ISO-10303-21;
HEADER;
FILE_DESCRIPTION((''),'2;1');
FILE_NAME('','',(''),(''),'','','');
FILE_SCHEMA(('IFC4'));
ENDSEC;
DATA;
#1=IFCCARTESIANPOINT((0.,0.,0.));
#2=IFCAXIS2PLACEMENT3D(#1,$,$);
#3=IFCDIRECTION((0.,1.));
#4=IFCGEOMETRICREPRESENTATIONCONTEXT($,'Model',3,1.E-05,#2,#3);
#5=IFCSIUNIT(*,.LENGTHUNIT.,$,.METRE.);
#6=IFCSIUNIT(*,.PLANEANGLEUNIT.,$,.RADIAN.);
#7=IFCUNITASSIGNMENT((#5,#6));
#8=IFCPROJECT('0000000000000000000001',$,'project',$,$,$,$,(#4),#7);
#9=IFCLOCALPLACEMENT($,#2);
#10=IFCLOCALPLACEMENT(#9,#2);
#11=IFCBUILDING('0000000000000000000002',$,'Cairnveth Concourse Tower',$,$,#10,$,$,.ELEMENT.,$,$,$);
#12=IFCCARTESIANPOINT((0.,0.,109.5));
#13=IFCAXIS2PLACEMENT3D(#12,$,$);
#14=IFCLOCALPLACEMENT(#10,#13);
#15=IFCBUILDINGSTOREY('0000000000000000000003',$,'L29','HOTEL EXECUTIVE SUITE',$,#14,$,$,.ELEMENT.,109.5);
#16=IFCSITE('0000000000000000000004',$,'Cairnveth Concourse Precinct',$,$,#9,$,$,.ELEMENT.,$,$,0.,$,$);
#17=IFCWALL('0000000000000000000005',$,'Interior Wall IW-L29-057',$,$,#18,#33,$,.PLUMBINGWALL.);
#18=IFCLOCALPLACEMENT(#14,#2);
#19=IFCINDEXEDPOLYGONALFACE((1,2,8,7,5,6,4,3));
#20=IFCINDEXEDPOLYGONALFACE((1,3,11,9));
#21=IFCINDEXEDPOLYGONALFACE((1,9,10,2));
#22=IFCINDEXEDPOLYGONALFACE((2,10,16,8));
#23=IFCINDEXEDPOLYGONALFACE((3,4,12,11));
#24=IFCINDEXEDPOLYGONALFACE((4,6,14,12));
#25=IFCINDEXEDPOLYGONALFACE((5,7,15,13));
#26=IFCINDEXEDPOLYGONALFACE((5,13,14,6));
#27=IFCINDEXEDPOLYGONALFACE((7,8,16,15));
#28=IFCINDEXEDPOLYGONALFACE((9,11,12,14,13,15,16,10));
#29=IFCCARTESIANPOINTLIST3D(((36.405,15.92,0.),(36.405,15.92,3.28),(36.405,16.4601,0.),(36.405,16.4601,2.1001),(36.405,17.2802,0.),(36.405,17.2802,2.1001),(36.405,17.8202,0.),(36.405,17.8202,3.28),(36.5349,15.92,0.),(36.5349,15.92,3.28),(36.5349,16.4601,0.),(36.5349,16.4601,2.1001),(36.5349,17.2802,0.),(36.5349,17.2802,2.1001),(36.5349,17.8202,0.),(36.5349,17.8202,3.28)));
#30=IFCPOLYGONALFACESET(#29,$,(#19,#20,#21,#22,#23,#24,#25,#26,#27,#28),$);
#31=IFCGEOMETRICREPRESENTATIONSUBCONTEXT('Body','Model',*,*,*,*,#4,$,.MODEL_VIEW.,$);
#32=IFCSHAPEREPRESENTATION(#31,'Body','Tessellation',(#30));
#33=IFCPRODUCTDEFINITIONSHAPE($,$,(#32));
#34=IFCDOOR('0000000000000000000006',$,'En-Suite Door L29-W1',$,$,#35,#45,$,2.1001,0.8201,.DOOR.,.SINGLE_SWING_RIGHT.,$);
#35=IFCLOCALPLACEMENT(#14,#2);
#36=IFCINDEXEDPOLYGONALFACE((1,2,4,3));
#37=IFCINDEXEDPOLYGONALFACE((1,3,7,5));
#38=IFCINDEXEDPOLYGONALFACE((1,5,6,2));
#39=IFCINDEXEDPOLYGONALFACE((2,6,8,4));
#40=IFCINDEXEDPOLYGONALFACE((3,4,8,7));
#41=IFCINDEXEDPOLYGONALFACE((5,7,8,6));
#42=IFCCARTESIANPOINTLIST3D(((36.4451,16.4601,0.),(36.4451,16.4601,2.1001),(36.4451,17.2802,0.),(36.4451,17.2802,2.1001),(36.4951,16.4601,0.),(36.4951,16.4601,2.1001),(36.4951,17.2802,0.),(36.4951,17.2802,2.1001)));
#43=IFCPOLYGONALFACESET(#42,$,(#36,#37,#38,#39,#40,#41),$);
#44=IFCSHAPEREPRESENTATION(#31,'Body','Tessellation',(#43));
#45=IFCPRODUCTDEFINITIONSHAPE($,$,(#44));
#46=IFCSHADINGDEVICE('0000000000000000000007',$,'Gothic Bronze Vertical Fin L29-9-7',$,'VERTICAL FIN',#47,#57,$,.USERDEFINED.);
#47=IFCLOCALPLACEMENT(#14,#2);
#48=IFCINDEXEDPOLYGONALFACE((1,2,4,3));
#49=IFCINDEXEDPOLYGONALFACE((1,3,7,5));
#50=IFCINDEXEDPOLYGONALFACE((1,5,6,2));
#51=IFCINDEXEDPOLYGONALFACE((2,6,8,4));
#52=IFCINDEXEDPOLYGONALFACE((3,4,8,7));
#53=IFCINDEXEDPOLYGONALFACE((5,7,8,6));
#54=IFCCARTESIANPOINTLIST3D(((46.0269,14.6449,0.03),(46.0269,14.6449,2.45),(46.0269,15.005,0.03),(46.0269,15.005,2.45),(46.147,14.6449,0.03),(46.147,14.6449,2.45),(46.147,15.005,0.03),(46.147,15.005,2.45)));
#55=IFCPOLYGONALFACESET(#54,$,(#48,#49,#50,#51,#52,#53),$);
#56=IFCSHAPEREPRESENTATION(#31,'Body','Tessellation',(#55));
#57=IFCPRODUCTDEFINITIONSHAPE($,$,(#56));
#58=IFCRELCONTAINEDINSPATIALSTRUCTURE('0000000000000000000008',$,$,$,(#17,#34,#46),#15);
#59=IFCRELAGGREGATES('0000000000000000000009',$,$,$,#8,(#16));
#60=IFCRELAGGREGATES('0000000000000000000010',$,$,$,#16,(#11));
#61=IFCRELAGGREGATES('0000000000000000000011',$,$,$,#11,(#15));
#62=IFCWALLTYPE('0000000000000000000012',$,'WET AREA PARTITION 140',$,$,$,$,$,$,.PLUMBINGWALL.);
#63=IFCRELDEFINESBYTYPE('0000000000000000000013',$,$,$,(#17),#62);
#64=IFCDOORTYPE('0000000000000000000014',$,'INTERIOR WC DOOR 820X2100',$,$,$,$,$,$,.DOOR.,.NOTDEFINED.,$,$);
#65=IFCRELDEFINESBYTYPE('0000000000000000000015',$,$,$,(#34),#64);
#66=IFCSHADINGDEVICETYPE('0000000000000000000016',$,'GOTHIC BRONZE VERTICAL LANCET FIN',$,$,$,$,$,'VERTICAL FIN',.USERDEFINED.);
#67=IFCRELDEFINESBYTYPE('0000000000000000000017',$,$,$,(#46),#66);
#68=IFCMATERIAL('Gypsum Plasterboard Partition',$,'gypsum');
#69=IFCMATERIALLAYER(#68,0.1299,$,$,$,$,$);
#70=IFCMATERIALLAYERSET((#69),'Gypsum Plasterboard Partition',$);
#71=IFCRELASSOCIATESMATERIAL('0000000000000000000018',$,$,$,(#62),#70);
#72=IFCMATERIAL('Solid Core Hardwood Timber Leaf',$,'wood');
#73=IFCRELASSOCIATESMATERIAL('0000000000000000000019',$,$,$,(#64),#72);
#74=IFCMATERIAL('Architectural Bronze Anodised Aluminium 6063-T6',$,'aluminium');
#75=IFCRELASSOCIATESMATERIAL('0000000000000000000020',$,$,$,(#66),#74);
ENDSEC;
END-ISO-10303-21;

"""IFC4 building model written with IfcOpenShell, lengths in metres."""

from ifc_helpers import new_model, si_unit, direction, frame, frame_2d, origin, origin_2d, place, context, subcontext, project, spatial, rectangle, extrude, material, layer, layer_set, type_object, element, fill, save


model = new_model("IFC4")

# Units and contexts
model_context = context("Model", 3, precision=1e-05, world=origin(), true_north=direction((0.0, 1.0)))
body_context = subcontext(model_context, "Body", "Model", "MODEL_VIEW")
ifc_project = project(units=[si_unit("LENGTHUNIT", "METRE"), si_unit("PLANEANGLEUNIT", "RADIAN")], contexts=[model_context])

# Site, building, storey
site_placement = place(None, origin())
site = spatial("IfcSite", under=ifc_project, at=site_placement, Name="Cairnveth Concourse Precinct", CompositionType="ELEMENT", RefElevation=0.0)
building_placement = place(site_placement, origin())
building = spatial("IfcBuilding", under=site, at=building_placement, Name="Cairnveth Concourse Tower", CompositionType="ELEMENT")
storey_placement = place(building_placement, frame((0.0, 0.0, 109.5)))
storey = spatial("IfcBuildingStorey", under=building, at=storey_placement, Name="L29", Description="HOTEL EXECUTIVE SUITE", CompositionType="ELEMENT", Elevation=109.5)

# Shared definitions
ifc_material_1 = material(Name="Gypsum Plasterboard Partition", Category="gypsum")
ifc_material_2 = material(Name="Solid Core Hardwood Timber Leaf", Category="wood")

# Shared definitions
ifc_layer_1 = layer(ifc_material_1, 0.1299)
ifc_layer_set_1 = layer_set([ifc_layer_1], Name="Gypsum Plasterboard Partition")
wall_type_1 = type_object("IfcWallType", Name="WET AREA PARTITION 140", PredefinedType="PLUMBINGWALL", material=ifc_layer_set_1)

# Shared definitions
door_type_1 = type_object("IfcDoorType", Name="INTERIOR WC DOOR 820X2100", OperationType="NOTDEFINED", PredefinedType="DOOR", material=ifc_material_2)

# Wall, opening, door
wall_1_placement = place(storey_placement, frame((36.47, 15.9199, 0.0), z_axis=(0.0, 0.0, 1.0), x_axis=(0.0, 1.0, 0.0)))
wall_1 = element("IfcWall", 1, at=wall_1_placement, inside=storey, type_object=wall_type_1, Name="Interior Wall IW-L29-057", PredefinedType="PLUMBINGWALL", context=body_context, shape_type="SweptSolid", body=[
    extrude(rectangle(XDim=1.9001, YDim=0.1299, at=frame_2d((0.9502, 0.0))), origin(), (0.0, 0.0, 1.0), 3.28),
])
opening_1_placement = place(wall_1_placement, frame((0.54, 0.0, 0.0)))
opening_1 = element("IfcOpeningElement", 2, at=opening_1_placement, cuts=wall_1, PredefinedType="OPENING", context=body_context, shape_type="SweptSolid", body=[
    extrude(rectangle(XDim=0.8201, YDim=2.1001, at=frame_2d((0.4102, 1.05))), frame((0.0, 0.075, 0.0), z_axis=(0.0, -1.0, 0.0), x_axis=(1.0, 0.0, 0.0)), (0.0, 0.0, 1.0), 0.1499),
])
door_1_placement = place(opening_1_placement, origin())
door_1 = element("IfcDoor", 3, at=door_1_placement, inside=storey, type_object=door_type_1, Name="En-Suite Door L29-W1", OperationType="SINGLE_SWING_RIGHT", OverallHeight=2.1001, OverallWidth=0.8201, PredefinedType="DOOR", context=body_context, shape_type="SweptSolid", body=[
    extrude(rectangle(XDim=0.8201, YDim=2.1001, at=frame_2d((0.4102, 1.05))), frame((0.0, 0.0249, 0.0), z_axis=(0.0, -1.0, 0.0), x_axis=(1.0, 0.0, 0.0)), (0.0, 0.0, 1.0), 0.05),
])
fill(opening_1, door_1)

# Shading device
ifc_material_3 = material(Name="Architectural Bronze Anodised Aluminium 6063-T6", Category="aluminium")
shading_device_type = type_object("IfcShadingDeviceType", Name="GOTHIC BRONZE VERTICAL LANCET FIN", ElementType="VERTICAL FIN", PredefinedType="USERDEFINED", material=ifc_material_3)
shading_device_placement = place(storey_placement, frame((46.0869, 14.825, 0.03), z_axis=(0.0, 0.0, 1.0), x_axis=(1.0, 0.0, 0.0)))
element("IfcShadingDevice", 4, at=shading_device_placement, inside=storey, type_object=shading_device_type, Name="Gothic Bronze Vertical Fin L29-9-7", ObjectType="VERTICAL FIN", PredefinedType="USERDEFINED", context=body_context, shape_type="SweptSolid", body=[
    extrude(rectangle(XDim=0.1201, YDim=0.3601, at=origin_2d()), origin(), (0.0, 0.0, 1.0), 2.4199),
])

save(model, "model.ifc")
